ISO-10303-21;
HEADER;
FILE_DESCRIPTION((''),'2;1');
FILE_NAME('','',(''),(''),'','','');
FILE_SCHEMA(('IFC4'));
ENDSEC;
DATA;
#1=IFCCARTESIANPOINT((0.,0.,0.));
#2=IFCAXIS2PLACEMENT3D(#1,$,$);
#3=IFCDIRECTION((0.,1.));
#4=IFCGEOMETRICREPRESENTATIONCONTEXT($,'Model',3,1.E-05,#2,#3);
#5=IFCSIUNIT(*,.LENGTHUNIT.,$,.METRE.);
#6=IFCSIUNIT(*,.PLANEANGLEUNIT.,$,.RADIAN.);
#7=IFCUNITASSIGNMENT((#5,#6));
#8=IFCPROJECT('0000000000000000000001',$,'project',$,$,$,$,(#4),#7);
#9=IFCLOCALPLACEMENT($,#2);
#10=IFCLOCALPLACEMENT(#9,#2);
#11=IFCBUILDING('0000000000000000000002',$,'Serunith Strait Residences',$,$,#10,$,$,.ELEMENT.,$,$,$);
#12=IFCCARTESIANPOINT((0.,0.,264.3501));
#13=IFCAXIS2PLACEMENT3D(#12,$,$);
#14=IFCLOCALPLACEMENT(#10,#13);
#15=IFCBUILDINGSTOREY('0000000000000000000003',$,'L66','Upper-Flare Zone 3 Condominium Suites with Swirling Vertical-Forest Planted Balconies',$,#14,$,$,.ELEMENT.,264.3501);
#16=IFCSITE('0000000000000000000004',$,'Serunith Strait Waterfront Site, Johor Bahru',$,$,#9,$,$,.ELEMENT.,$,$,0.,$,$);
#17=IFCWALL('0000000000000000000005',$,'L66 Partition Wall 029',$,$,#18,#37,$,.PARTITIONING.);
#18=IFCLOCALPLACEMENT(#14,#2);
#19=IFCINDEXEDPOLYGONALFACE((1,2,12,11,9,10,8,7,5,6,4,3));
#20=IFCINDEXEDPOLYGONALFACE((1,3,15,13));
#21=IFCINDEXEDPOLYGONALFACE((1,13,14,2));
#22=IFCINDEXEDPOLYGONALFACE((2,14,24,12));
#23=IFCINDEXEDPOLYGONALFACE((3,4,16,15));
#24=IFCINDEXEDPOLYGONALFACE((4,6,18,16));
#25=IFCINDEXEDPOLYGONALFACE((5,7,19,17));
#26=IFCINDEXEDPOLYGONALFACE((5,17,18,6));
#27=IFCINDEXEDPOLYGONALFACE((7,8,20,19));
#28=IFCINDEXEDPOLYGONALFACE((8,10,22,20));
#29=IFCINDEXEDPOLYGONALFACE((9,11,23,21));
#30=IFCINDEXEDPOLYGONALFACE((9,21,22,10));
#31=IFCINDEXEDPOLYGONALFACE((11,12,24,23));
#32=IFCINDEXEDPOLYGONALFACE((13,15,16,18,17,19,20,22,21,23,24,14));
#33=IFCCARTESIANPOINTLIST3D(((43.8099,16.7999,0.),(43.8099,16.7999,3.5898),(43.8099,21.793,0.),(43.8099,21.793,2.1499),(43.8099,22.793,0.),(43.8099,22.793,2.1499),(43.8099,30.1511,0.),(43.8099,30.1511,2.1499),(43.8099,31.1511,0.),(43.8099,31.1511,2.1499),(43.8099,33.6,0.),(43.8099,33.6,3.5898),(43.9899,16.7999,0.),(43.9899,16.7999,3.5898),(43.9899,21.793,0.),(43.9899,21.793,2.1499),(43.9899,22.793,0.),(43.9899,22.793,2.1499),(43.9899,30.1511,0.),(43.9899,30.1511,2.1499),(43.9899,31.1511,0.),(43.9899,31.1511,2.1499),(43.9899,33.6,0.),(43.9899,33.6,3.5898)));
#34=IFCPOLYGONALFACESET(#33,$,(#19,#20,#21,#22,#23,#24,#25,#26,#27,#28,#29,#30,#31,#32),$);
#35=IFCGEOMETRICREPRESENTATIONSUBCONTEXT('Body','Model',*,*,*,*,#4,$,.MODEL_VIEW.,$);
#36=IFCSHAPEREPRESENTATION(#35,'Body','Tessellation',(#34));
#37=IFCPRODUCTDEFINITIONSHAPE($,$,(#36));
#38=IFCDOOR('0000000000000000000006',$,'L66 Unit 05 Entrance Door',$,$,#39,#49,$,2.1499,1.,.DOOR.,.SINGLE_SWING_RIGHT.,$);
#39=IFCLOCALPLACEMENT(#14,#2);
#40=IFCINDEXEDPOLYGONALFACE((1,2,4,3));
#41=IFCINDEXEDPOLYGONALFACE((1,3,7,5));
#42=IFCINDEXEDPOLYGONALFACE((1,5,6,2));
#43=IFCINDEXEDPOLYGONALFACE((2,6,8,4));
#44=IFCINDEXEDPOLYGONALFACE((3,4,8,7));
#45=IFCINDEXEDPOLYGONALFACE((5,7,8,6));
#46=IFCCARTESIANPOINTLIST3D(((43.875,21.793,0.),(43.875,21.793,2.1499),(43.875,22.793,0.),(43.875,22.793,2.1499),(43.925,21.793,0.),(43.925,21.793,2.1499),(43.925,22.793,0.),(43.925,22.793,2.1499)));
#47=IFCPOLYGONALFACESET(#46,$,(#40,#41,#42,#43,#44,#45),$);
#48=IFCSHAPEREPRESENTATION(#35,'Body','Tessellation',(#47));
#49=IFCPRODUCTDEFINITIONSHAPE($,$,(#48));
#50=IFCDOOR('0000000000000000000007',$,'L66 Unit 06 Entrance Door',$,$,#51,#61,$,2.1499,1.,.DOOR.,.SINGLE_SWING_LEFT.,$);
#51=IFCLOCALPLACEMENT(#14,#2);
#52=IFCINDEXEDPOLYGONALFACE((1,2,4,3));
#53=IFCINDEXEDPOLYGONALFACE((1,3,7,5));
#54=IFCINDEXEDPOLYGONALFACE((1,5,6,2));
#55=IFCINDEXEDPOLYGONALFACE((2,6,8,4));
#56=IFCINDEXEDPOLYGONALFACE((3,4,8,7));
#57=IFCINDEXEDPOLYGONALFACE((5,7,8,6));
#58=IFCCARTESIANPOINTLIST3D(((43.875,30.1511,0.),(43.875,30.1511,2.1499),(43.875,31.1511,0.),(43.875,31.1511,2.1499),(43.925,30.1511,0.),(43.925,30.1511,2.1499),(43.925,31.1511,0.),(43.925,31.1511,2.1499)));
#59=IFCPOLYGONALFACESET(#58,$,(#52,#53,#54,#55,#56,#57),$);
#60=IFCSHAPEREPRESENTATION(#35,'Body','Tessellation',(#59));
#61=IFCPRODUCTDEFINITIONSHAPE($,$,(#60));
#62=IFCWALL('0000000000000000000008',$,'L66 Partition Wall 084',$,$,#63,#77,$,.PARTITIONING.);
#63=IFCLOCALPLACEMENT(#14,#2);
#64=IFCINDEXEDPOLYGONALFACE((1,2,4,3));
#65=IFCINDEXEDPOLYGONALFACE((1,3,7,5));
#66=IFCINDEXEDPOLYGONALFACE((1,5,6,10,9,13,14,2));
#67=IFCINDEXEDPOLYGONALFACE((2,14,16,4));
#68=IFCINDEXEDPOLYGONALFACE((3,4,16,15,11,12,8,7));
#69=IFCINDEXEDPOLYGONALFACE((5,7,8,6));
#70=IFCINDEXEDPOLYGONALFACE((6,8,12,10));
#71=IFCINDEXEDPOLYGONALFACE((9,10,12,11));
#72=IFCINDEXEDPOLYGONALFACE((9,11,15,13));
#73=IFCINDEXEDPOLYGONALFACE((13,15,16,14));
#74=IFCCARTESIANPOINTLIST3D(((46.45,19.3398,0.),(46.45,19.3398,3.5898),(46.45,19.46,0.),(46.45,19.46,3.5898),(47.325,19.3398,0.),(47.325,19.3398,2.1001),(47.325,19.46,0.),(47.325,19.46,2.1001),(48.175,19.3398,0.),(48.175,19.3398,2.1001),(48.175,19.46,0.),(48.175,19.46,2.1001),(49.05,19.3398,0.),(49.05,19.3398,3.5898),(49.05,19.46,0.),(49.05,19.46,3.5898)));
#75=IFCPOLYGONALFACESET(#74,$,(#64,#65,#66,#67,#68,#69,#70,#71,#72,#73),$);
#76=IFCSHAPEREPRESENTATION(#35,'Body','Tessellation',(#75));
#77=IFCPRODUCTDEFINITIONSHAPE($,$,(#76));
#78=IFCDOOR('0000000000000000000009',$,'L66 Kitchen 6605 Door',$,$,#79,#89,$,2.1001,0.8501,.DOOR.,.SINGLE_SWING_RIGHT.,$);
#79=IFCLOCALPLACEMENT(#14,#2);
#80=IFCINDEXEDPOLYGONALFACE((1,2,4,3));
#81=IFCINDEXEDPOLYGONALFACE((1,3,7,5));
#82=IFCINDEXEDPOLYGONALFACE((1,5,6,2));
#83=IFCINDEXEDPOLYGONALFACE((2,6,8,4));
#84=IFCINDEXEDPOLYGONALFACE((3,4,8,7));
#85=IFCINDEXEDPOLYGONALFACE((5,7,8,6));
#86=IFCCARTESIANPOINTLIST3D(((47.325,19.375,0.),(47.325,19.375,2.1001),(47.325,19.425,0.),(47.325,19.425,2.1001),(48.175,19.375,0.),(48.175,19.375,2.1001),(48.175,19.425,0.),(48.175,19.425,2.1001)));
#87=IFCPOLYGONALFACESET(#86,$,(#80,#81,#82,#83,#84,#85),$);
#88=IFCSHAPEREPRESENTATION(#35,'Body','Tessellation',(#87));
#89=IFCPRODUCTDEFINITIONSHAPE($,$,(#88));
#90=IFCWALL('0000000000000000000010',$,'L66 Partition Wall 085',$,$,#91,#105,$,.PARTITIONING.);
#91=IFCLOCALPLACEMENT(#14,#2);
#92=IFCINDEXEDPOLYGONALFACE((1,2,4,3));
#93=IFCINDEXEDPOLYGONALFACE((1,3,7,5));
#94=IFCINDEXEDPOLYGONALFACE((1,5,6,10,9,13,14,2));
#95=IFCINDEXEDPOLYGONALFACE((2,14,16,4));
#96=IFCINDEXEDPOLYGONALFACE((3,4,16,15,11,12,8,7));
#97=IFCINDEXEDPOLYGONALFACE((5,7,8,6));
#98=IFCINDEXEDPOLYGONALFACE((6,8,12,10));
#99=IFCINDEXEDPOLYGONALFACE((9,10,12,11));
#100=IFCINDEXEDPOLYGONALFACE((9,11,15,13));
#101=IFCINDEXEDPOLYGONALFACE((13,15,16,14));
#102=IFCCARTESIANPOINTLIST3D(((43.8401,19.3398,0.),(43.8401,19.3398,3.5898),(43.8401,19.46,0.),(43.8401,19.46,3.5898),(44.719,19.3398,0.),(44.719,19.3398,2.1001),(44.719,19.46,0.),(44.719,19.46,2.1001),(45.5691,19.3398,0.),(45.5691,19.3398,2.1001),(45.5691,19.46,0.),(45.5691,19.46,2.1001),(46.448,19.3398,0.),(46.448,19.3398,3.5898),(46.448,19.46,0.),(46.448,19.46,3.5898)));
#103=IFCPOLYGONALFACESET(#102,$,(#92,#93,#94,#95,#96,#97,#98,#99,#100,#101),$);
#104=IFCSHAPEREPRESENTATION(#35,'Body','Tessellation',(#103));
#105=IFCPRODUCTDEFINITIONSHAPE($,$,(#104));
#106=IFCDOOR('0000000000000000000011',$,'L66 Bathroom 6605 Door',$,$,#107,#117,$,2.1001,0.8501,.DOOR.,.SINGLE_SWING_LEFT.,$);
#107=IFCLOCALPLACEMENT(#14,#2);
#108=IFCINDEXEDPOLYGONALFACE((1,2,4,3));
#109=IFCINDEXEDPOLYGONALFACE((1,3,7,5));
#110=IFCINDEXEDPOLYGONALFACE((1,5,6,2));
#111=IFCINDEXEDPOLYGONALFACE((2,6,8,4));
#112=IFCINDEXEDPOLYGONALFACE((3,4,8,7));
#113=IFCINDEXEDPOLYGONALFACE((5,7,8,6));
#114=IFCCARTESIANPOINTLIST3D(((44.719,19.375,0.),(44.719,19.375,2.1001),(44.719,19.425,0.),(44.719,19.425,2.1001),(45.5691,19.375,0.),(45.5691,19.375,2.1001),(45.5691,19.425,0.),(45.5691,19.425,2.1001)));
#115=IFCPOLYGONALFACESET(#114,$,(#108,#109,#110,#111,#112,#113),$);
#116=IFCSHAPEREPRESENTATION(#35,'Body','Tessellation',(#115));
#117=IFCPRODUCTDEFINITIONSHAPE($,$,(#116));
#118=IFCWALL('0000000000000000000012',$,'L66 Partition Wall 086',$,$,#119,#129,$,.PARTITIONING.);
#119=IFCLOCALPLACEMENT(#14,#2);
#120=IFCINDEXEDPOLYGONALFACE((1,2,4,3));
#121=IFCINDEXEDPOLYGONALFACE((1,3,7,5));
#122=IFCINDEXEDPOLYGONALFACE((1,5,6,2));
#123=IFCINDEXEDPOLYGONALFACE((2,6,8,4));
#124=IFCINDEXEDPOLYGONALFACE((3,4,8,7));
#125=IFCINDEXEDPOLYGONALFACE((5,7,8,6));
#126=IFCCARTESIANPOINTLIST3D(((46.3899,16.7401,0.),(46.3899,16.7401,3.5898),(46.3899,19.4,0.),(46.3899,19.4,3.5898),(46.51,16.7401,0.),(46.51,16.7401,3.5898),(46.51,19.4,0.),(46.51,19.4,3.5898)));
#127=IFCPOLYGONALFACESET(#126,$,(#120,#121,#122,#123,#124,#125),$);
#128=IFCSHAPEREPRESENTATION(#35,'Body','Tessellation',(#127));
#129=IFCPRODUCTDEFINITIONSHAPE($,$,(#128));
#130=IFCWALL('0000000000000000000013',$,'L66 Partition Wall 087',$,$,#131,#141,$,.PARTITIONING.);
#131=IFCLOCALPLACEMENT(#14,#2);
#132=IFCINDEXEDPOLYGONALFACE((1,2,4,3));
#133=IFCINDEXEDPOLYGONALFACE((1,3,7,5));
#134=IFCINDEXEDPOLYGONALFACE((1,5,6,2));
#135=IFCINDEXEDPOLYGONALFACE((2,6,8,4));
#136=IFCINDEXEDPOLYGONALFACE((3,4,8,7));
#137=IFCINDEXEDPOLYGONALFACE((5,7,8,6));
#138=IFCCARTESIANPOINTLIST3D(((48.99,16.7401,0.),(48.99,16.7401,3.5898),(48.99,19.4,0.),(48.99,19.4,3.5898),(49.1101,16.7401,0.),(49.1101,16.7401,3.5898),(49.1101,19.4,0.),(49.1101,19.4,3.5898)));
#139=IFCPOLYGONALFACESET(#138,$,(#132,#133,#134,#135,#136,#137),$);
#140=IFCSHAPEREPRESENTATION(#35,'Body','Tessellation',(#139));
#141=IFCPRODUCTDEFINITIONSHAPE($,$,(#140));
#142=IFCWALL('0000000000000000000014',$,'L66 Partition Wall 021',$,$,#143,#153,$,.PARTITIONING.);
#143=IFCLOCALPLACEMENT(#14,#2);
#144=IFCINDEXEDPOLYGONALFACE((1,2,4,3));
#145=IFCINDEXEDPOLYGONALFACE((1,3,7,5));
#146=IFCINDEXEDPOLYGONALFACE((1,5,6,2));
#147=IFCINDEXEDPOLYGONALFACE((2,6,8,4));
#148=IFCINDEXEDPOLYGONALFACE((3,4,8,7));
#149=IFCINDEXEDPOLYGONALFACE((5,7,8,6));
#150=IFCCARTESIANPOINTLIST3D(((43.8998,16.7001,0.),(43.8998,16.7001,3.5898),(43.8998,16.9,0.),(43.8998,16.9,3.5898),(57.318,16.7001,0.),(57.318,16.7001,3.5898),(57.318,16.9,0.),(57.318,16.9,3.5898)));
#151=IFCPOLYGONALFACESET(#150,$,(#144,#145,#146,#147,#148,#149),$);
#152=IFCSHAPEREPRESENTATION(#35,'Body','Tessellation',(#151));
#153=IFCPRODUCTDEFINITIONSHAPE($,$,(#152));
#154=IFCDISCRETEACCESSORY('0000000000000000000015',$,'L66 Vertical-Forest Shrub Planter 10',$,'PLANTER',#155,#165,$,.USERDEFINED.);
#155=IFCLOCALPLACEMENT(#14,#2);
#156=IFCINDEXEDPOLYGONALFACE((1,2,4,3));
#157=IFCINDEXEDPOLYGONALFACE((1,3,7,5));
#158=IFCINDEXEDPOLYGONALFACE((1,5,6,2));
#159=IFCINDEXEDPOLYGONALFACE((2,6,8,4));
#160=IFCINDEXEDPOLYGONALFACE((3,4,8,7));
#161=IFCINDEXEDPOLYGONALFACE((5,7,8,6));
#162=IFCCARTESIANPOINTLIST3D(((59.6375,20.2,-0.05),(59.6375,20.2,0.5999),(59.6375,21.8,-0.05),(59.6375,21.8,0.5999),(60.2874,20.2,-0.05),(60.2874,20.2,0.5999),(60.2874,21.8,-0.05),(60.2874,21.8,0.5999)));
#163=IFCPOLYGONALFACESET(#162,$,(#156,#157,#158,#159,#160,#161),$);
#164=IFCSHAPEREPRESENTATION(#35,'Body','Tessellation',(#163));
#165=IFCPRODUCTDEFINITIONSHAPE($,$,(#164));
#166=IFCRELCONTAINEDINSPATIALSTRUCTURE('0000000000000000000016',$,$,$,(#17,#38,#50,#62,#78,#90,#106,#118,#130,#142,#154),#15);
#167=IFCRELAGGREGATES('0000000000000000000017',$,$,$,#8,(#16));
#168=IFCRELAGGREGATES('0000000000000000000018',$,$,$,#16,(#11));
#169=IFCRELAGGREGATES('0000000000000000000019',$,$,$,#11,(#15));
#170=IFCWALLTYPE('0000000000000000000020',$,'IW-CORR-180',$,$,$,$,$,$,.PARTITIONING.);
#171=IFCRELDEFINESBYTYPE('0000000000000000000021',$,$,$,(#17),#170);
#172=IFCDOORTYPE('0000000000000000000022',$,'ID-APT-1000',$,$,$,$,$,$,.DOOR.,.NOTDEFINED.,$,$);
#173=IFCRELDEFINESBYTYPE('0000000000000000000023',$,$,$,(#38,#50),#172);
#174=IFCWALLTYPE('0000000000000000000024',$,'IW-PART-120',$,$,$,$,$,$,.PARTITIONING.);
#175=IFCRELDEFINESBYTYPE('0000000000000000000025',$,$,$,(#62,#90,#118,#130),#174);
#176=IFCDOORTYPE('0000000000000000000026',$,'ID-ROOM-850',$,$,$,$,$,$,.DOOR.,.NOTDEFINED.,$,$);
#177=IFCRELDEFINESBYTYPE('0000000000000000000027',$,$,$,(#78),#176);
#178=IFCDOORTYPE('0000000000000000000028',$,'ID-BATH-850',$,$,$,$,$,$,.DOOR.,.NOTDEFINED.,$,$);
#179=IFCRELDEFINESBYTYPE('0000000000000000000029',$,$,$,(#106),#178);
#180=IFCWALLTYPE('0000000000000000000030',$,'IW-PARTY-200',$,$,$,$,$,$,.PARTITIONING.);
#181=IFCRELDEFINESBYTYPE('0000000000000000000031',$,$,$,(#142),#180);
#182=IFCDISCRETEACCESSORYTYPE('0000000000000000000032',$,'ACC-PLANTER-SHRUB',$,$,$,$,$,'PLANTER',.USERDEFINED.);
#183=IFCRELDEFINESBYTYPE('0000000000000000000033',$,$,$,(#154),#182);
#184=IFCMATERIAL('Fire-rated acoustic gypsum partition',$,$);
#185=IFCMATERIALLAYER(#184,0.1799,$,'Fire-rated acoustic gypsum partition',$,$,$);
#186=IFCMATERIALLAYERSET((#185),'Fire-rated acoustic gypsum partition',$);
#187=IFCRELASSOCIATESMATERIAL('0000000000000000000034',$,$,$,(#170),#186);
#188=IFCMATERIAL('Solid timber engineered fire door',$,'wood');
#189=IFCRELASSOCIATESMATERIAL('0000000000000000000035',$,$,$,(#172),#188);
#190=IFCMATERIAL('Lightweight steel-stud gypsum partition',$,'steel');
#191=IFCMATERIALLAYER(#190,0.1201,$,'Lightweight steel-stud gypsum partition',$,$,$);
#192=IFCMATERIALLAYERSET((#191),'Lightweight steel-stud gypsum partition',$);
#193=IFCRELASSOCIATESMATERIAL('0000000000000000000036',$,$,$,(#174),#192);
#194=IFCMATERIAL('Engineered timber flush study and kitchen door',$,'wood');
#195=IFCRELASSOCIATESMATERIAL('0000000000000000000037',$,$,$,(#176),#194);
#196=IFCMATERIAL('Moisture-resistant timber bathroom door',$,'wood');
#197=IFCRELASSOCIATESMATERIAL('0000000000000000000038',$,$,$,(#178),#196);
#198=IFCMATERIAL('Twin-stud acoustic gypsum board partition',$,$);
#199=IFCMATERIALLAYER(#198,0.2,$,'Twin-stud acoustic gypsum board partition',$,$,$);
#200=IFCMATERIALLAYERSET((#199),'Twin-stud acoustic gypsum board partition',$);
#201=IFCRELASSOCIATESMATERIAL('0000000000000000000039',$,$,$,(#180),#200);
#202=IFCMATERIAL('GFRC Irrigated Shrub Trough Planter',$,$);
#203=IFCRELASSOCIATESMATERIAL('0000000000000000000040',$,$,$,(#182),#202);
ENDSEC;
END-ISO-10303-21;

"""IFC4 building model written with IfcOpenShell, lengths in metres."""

from ifc_helpers import new_model, si_unit, direction, frame, frame_2d, origin, origin_2d, place, context, subcontext, project, spatial, rectangle, extrude, source, transform, mapped, material, layer, layer_set, type_object, element, fill, save


model = new_model("IFC4")

# Units and contexts
model_context = context("Model", 3, precision=1e-05, world=origin(), true_north=direction((0.0, 1.0)))
body_context = subcontext(model_context, "Body", "Model", "MODEL_VIEW")
ifc_project = project(units=[si_unit("LENGTHUNIT", "METRE"), si_unit("PLANEANGLEUNIT", "RADIAN")], contexts=[model_context])

# Site, building, storey
site_placement = place(None, origin())
site = spatial("IfcSite", under=ifc_project, at=site_placement, Name="Serunith Strait Waterfront Site, Johor Bahru", CompositionType="ELEMENT", RefElevation=0.0)
building_placement = place(site_placement, origin())
building = spatial("IfcBuilding", under=site, at=building_placement, Name="Serunith Strait Residences", CompositionType="ELEMENT")
storey_placement = place(building_placement, frame((0.0, 0.0, 264.3501)))
storey = spatial("IfcBuildingStorey", under=building, at=storey_placement, Name="L66", Description="Upper-Flare Zone 3 Condominium Suites with Swirling Vertical-Forest Planted Balconies", CompositionType="ELEMENT", Elevation=264.3501)

# Shared definitions
ifc_material_1 = material(Name="Fire-rated acoustic gypsum partition")
ifc_layer_1 = layer(ifc_material_1, 0.1799, Name="Fire-rated acoustic gypsum partition")
ifc_layer_set_1 = layer_set([ifc_layer_1], Name="Fire-rated acoustic gypsum partition")
wall_type_1 = type_object("IfcWallType", Name="IW-CORR-180", PredefinedType="PARTITIONING", material=ifc_layer_set_1)

# Wall, openings, doors
wall_1_placement = place(storey_placement, frame((43.8999, 16.8, 0.0), z_axis=(0.0, 0.0, 1.0), x_axis=(0.0, 1.0, 0.0)))
wall_1 = element("IfcWall", 1, at=wall_1_placement, inside=storey, type_object=wall_type_1, Name="L66 Partition Wall 029", PredefinedType="PARTITIONING", context=body_context, shape_type="SweptSolid", body=[
    extrude(rectangle(XDim=16.8, YDim=0.1799, at=frame_2d((8.3999, 0.0))), origin(), (0.0, 0.0, 1.0), 3.5898),
])
opening_1_placement = place(wall_1_placement, frame((4.9929, 0.0, 0.0)))
opening_1 = element("IfcOpeningElement", 2, at=opening_1_placement, cuts=wall_1, PredefinedType="OPENING", context=body_context, shape_type="SweptSolid", body=[
    extrude(rectangle(XDim=1.0, YDim=2.1499, at=frame_2d((0.5, 1.075))), frame((0.0, 0.1001, 0.0), z_axis=(0.0, -1.0, 0.0), x_axis=(1.0, 0.0, 0.0)), (0.0, 0.0, 1.0), 0.2),
])
opening_2_placement = place(wall_1_placement, frame((13.3511, 0.0, 0.0)))
opening_2 = element("IfcOpeningElement", 3, at=opening_2_placement, cuts=wall_1, PredefinedType="OPENING", context=body_context, shape_type="SweptSolid", body=[
    extrude(rectangle(XDim=1.0, YDim=2.1499, at=frame_2d((0.5, 1.075))), frame((0.0, 0.1001, 0.0), z_axis=(0.0, -1.0, 0.0), x_axis=(1.0, 0.0, 0.0)), (0.0, 0.0, 1.0), 0.2),
])
ifc_material_2 = material(Name="Solid timber engineered fire door", Category="wood")
door_type_1 = type_object("IfcDoorType", Name="ID-APT-1000", OperationType="NOTDEFINED", PredefinedType="DOOR", material=ifc_material_2)
shared_shape_1 = source(origin(), body_context, "Body", "SweptSolid", [
    extrude(rectangle(XDim=1.0, YDim=2.1499, at=frame_2d((0.5, 1.075))), frame((0.0, 0.0249, 0.0), z_axis=(0.0, -1.0, 0.0), x_axis=(1.0, 0.0, 0.0)), (0.0, 0.0, 1.0), 0.05),
])
door_1_placement = place(opening_1_placement, origin())
door_1 = element("IfcDoor", 4, at=door_1_placement, inside=storey, type_object=door_type_1, Name="L66 Unit 05 Entrance Door", OperationType="SINGLE_SWING_RIGHT", OverallHeight=2.1499, OverallWidth=1.0, PredefinedType="DOOR", context=body_context, shape_type="MappedRepresentation", body=[
    mapped(shared_shape_1, transform((0.0, 0.0, 0.0), scale=1.0)),
])
fill(opening_1, door_1)
door_2_placement = place(opening_2_placement, origin())
door_2 = element("IfcDoor", 5, at=door_2_placement, inside=storey, type_object=door_type_1, Name="L66 Unit 06 Entrance Door", OperationType="SINGLE_SWING_LEFT", OverallHeight=2.1499, OverallWidth=1.0, PredefinedType="DOOR", context=body_context, shape_type="MappedRepresentation", body=[
    mapped(shared_shape_1, transform((0.0, 0.0, 0.0), scale=1.0)),
])
fill(opening_2, door_2)

# Walls, openings, doors
ifc_material_3 = material(Name="Lightweight steel-stud gypsum partition", Category="steel")
ifc_layer_2 = layer(ifc_material_3, 0.1201, Name="Lightweight steel-stud gypsum partition")
ifc_layer_set_2 = layer_set([ifc_layer_2], Name="Lightweight steel-stud gypsum partition")
wall_type_2 = type_object("IfcWallType", Name="IW-PART-120", PredefinedType="PARTITIONING", material=ifc_layer_set_2)
wall_2_placement = place(storey_placement, frame((49.05, 19.3999, 0.0), z_axis=(0.0, 0.0, 1.0), x_axis=(-1.0, 0.0, 0.0)))
wall_2 = element("IfcWall", 6, at=wall_2_placement, inside=storey, type_object=wall_type_2, Name="L66 Partition Wall 084", PredefinedType="PARTITIONING", context=body_context, shape_type="SweptSolid", body=[
    extrude(rectangle(XDim=2.6001, YDim=0.1201, at=frame_2d((1.3, 0.0))), origin(), (0.0, 0.0, 1.0), 3.5898),
])
opening_3_placement = place(wall_2_placement, frame((0.875, 0.0, 0.0)))
opening_3 = element("IfcOpeningElement", 7, at=opening_3_placement, cuts=wall_2, PredefinedType="OPENING", context=body_context, shape_type="SweptSolid", body=[
    extrude(rectangle(XDim=0.8501, YDim=2.1001, at=frame_2d((0.425, 1.05))), frame((0.0, 0.0701, 0.0), z_axis=(0.0, -1.0, 0.0), x_axis=(1.0, 0.0, 0.0)), (0.0, 0.0, 1.0), 0.1401),
])
ifc_material_4 = material(Name="Engineered timber flush study and kitchen door", Category="wood")
door_type_2 = type_object("IfcDoorType", Name="ID-ROOM-850", OperationType="NOTDEFINED", PredefinedType="DOOR", material=ifc_material_4)
shared_shape_2 = source(origin(), body_context, "Body", "SweptSolid", [
    extrude(rectangle(XDim=0.8501, YDim=2.1001, at=frame_2d((0.425, 1.05))), frame((0.0, 0.0249, 0.0), z_axis=(0.0, -1.0, 0.0), x_axis=(1.0, 0.0, 0.0)), (0.0, 0.0, 1.0), 0.05),
])
door_3_placement = place(opening_3_placement, origin())
door_3 = element("IfcDoor", 8, at=door_3_placement, inside=storey, type_object=door_type_2, Name="L66 Kitchen 6605 Door", OperationType="SINGLE_SWING_RIGHT", OverallHeight=2.1001, OverallWidth=0.8501, PredefinedType="DOOR", context=body_context, shape_type="MappedRepresentation", body=[
    mapped(shared_shape_2, transform((0.0, 0.0, 0.0), scale=1.0)),
])
fill(opening_3, door_3)
wall_3_placement = place(storey_placement, frame((46.448, 19.3999, 0.0), z_axis=(0.0, 0.0, 1.0), x_axis=(-1.0, 0.0, 0.0)))
wall_3 = element("IfcWall", 9, at=wall_3_placement, inside=storey, type_object=wall_type_2, Name="L66 Partition Wall 085", PredefinedType="PARTITIONING", context=body_context, shape_type="SweptSolid", body=[
    extrude(rectangle(XDim=2.6079, YDim=0.1201, at=frame_2d((1.304, 0.0))), origin(), (0.0, 0.0, 1.0), 3.5898),
])
opening_4_placement = place(wall_3_placement, frame((0.8789, 0.0, 0.0)))
opening_4 = element("IfcOpeningElement", 10, at=opening_4_placement, cuts=wall_3, PredefinedType="OPENING", context=body_context, shape_type="SweptSolid", body=[
    extrude(rectangle(XDim=0.8501, YDim=2.1001, at=frame_2d((0.425, 1.05))), frame((0.0, 0.0701, 0.0), z_axis=(0.0, -1.0, 0.0), x_axis=(1.0, 0.0, 0.0)), (0.0, 0.0, 1.0), 0.1401),
])
ifc_material_5 = material(Name="Moisture-resistant timber bathroom door", Category="wood")
door_type_3 = type_object("IfcDoorType", Name="ID-BATH-850", OperationType="NOTDEFINED", PredefinedType="DOOR", material=ifc_material_5)
door_4_placement = place(opening_4_placement, origin())
door_4 = element("IfcDoor", 11, at=door_4_placement, inside=storey, type_object=door_type_3, Name="L66 Bathroom 6605 Door", OperationType="SINGLE_SWING_LEFT", OverallHeight=2.1001, OverallWidth=0.8501, PredefinedType="DOOR", context=body_context, shape_type="MappedRepresentation", body=[
    mapped(shared_shape_2, transform((0.0, 0.0, 0.0), scale=1.0)),
])
fill(opening_4, door_4)

# Walls
for number, where, z_axis, x_axis, name in (
    (12, (46.45, 16.74, 0.0), (0.0, 0.0, 1.0), (0.0, 1.0, 0.0), "L66 Partition Wall 086"),
    (13, (49.05, 16.74, 0.0), (0.0, 0.0, 1.0), (0.0, 1.0, 0.0), "L66 Partition Wall 087"),
):
    element("IfcWall", number, at=place(storey_placement, frame(where, z_axis=z_axis, x_axis=x_axis)), inside=storey, type_object=wall_type_2, Name=name, PredefinedType="PARTITIONING", context=body_context, shape_type="SweptSolid", body=[
        extrude(rectangle(XDim=2.6599, YDim=0.1201, at=frame_2d((1.3301, 0.0))), origin(), (0.0, 0.0, 1.0), 3.5898),
    ])
ifc_material_6 = material(Name="Twin-stud acoustic gypsum board partition")
ifc_layer_3 = layer(ifc_material_6, 0.2, Name="Twin-stud acoustic gypsum board partition")
ifc_layer_set_3 = layer_set([ifc_layer_3], Name="Twin-stud acoustic gypsum board partition")
wall_type_3 = type_object("IfcWallType", Name="IW-PARTY-200", PredefinedType="PARTITIONING", material=ifc_layer_set_3)
wall_4_placement = place(storey_placement, frame((43.8999, 16.8, 0.0), z_axis=(0.0, 0.0, 1.0), x_axis=(1.0, 0.0, 0.0)))
element("IfcWall", 14, at=wall_4_placement, inside=storey, type_object=wall_type_3, Name="L66 Partition Wall 021", PredefinedType="PARTITIONING", context=body_context, shape_type="SweptSolid", body=[
    extrude(rectangle(XDim=13.4182, YDim=0.2, at=frame_2d((6.709, 0.0))), origin(), (0.0, 0.0, 1.0), 3.5898),
])

# Discrete accessory
ifc_material_7 = material(Name="GFRC Irrigated Shrub Trough Planter")
discrete_accessory_type = type_object("IfcDiscreteAccessoryType", Name="ACC-PLANTER-SHRUB", ElementType="PLANTER", PredefinedType="USERDEFINED", material=ifc_material_7)
shared_shape_3 = source(origin(), body_context, "Body", "SweptSolid", [
    extrude(rectangle(XDim=1.6001, YDim=0.6499, at=origin_2d()), origin(), (0.0, 0.0, 1.0), 0.6499),
])
discrete_accessory_placement = place(storey_placement, frame((59.9624, 21.0, -0.05), z_axis=(0.0, 0.0, 1.0), x_axis=(0.0, 1.0, 0.0)))
element("IfcDiscreteAccessory", 15, at=discrete_accessory_placement, inside=storey, type_object=discrete_accessory_type, Name="L66 Vertical-Forest Shrub Planter 10", ObjectType="PLANTER", PredefinedType="USERDEFINED", context=body_context, shape_type="MappedRepresentation", body=[
    mapped(shared_shape_3, transform((0.0, 0.0, 0.0), scale=1.0)),
])

save(model, "model.ifc")
